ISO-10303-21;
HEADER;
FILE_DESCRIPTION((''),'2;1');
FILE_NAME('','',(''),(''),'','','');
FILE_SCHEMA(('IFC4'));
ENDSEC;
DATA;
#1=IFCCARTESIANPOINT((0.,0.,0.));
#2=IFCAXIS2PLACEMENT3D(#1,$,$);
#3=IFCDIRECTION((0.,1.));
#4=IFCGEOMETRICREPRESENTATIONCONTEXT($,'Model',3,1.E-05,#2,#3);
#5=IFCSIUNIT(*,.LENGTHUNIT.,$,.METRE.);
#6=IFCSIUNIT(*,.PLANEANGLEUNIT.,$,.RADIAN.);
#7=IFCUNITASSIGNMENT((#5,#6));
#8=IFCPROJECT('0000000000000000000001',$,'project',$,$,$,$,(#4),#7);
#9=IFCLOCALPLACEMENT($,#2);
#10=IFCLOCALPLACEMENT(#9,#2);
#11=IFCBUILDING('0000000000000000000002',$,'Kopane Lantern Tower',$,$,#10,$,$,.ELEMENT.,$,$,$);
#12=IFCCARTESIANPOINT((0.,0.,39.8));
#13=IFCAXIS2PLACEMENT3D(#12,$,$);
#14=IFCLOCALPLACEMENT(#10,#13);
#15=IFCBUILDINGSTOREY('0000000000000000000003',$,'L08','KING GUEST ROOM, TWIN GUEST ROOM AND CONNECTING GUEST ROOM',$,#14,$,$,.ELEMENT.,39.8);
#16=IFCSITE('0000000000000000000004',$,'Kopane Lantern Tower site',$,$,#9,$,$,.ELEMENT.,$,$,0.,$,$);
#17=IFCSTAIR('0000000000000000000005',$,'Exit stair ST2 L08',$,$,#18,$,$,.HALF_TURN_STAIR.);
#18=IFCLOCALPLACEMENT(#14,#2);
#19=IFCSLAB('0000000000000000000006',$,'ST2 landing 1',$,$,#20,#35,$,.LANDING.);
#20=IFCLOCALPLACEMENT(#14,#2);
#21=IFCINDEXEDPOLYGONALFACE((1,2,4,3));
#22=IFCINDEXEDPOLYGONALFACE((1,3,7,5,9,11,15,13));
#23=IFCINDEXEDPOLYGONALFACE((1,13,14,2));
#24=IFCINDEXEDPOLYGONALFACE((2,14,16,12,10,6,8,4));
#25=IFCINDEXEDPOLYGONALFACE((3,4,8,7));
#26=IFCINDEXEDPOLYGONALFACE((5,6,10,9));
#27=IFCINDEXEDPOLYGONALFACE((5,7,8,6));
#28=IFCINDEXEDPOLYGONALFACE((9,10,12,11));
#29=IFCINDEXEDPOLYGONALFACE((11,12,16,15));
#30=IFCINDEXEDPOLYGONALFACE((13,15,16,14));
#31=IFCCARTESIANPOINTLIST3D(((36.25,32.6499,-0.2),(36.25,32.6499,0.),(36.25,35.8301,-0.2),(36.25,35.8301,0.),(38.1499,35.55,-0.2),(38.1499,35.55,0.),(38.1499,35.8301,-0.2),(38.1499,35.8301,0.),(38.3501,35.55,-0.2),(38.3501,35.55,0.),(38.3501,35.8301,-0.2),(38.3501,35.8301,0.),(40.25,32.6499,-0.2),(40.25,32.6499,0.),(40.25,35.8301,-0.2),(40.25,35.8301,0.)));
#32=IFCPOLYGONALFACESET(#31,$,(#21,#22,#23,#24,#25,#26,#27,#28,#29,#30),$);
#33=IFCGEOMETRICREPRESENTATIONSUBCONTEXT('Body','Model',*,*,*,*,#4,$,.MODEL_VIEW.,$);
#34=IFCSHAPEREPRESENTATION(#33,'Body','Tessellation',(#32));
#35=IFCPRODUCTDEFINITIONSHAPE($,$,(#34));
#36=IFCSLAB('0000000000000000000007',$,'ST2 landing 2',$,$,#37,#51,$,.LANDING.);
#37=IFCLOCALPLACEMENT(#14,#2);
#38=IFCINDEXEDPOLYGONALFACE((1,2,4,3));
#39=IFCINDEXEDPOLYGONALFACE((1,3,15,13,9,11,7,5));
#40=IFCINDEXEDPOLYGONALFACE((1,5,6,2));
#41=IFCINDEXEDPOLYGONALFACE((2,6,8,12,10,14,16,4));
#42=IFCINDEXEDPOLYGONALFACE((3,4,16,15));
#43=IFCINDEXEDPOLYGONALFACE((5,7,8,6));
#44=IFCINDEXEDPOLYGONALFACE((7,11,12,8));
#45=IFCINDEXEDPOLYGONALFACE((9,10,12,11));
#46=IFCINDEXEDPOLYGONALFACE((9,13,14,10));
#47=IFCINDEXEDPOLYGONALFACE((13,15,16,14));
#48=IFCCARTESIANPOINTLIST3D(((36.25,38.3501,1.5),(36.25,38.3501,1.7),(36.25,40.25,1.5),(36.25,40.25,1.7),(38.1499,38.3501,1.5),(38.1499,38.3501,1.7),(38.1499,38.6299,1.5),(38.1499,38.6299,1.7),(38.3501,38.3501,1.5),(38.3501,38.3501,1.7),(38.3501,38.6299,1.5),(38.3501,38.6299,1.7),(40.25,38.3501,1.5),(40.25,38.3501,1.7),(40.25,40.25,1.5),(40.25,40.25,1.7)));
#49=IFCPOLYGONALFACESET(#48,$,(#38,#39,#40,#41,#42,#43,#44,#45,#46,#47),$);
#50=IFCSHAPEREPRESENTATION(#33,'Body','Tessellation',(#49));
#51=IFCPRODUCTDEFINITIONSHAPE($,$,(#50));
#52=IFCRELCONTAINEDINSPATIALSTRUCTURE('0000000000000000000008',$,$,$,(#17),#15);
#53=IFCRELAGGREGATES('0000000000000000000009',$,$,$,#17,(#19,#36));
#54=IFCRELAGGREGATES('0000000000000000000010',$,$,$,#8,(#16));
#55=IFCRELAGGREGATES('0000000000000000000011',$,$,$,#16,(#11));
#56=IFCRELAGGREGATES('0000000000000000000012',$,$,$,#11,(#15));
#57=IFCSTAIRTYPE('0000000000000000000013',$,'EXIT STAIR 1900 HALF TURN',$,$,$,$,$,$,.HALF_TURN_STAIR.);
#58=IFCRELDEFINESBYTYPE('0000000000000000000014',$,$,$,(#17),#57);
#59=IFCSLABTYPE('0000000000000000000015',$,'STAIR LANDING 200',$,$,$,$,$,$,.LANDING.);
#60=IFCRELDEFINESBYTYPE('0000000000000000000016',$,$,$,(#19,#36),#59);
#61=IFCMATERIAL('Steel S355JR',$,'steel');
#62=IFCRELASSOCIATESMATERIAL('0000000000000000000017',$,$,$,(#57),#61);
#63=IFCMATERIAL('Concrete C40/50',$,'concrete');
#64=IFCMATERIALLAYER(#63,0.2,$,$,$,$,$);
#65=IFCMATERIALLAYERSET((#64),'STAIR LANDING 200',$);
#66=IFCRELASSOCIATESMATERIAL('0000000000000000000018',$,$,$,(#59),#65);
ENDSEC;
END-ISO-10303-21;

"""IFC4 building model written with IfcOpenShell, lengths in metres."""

from ifc_helpers import new_model, si_unit, direction, frame, origin, place, context, subcontext, project, spatial, polyline, outline, extrude, material, layer, layer_set, type_object, element, aggregate, save


model = new_model("IFC4")

# Units and contexts
model_context = context("Model", 3, precision=1e-05, world=origin(), true_north=direction((0.0, 1.0)))
body_context = subcontext(model_context, "Body", "Model", "MODEL_VIEW")
ifc_project = project(units=[si_unit("LENGTHUNIT", "METRE"), si_unit("PLANEANGLEUNIT", "RADIAN")], contexts=[model_context])

# Site, building, storey
site_placement = place(None, origin())
site = spatial("IfcSite", under=ifc_project, at=site_placement, Name="Kopane Lantern Tower site", CompositionType="ELEMENT", RefElevation=0.0)
building_placement = place(site_placement, origin())
building = spatial("IfcBuilding", under=site, at=building_placement, Name="Kopane Lantern Tower", CompositionType="ELEMENT")
storey_placement = place(building_placement, frame((0.0, 0.0, 39.8)))
storey = spatial("IfcBuildingStorey", under=building, at=storey_placement, Name="L08", Description="KING GUEST ROOM, TWIN GUEST ROOM AND CONNECTING GUEST ROOM", CompositionType="ELEMENT", Elevation=39.8)

# Stair, slabs
ifc_material_1 = material(Name="Steel S355JR", Category="steel")
stair_type = type_object("IfcStairType", Name="EXIT STAIR 1900 HALF TURN", PredefinedType="HALF_TURN_STAIR", material=ifc_material_1)
ifc_material_2 = material(Name="Concrete C40/50", Category="concrete")
ifc_layer_1 = layer(ifc_material_2, 0.2)
ifc_layer_set_1 = layer_set([ifc_layer_1], Name="STAIR LANDING 200")
slab_type_1 = type_object("IfcSlabType", Name="STAIR LANDING 200", PredefinedType="LANDING", material=ifc_layer_set_1)
stair_1_placement = place(storey_placement, origin())
stair_1 = element("IfcStair", 1, at=stair_1_placement, inside=storey, type_object=stair_type, Name="Exit stair ST2 L08", PredefinedType="HALF_TURN_STAIR")
slab_1_placement = place(storey_placement, frame((0.0, 0.0, -0.2)))
slab_1 = element("IfcSlab", 2, at=slab_1_placement, type_object=slab_type_1, Name="ST2 landing 1", PredefinedType="LANDING", context=body_context, shape_type="SweptSolid", body=[
    extrude(outline(polyline([(40.25, 35.8301), (38.3501, 35.8301), (38.3501, 35.55), (38.1499, 35.55), (38.1499, 35.8301), (36.25, 35.8301), (36.25, 32.6499), (40.25, 32.6499), (40.25, 35.8301)])), origin(), (0.0, 0.0, 1.0), 0.2),
])
slab_2_placement = place(storey_placement, frame((0.0, 0.0, 1.5)))
slab_2 = element("IfcSlab", 3, at=slab_2_placement, type_object=slab_type_1, Name="ST2 landing 2", PredefinedType="LANDING", context=body_context, shape_type="SweptSolid", body=[
    extrude(outline(polyline([(38.1499, 38.6299), (38.3501, 38.6299), (38.3501, 38.3501), (40.25, 38.3501), (40.25, 40.25), (36.25, 40.25), (36.25, 38.3501), (38.1499, 38.3501), (38.1499, 38.6299)])), origin(), (0.0, 0.0, 1.0), 0.2),
])
aggregate(stair_1, [slab_1, slab_2])

save(model, "model.ifc")
